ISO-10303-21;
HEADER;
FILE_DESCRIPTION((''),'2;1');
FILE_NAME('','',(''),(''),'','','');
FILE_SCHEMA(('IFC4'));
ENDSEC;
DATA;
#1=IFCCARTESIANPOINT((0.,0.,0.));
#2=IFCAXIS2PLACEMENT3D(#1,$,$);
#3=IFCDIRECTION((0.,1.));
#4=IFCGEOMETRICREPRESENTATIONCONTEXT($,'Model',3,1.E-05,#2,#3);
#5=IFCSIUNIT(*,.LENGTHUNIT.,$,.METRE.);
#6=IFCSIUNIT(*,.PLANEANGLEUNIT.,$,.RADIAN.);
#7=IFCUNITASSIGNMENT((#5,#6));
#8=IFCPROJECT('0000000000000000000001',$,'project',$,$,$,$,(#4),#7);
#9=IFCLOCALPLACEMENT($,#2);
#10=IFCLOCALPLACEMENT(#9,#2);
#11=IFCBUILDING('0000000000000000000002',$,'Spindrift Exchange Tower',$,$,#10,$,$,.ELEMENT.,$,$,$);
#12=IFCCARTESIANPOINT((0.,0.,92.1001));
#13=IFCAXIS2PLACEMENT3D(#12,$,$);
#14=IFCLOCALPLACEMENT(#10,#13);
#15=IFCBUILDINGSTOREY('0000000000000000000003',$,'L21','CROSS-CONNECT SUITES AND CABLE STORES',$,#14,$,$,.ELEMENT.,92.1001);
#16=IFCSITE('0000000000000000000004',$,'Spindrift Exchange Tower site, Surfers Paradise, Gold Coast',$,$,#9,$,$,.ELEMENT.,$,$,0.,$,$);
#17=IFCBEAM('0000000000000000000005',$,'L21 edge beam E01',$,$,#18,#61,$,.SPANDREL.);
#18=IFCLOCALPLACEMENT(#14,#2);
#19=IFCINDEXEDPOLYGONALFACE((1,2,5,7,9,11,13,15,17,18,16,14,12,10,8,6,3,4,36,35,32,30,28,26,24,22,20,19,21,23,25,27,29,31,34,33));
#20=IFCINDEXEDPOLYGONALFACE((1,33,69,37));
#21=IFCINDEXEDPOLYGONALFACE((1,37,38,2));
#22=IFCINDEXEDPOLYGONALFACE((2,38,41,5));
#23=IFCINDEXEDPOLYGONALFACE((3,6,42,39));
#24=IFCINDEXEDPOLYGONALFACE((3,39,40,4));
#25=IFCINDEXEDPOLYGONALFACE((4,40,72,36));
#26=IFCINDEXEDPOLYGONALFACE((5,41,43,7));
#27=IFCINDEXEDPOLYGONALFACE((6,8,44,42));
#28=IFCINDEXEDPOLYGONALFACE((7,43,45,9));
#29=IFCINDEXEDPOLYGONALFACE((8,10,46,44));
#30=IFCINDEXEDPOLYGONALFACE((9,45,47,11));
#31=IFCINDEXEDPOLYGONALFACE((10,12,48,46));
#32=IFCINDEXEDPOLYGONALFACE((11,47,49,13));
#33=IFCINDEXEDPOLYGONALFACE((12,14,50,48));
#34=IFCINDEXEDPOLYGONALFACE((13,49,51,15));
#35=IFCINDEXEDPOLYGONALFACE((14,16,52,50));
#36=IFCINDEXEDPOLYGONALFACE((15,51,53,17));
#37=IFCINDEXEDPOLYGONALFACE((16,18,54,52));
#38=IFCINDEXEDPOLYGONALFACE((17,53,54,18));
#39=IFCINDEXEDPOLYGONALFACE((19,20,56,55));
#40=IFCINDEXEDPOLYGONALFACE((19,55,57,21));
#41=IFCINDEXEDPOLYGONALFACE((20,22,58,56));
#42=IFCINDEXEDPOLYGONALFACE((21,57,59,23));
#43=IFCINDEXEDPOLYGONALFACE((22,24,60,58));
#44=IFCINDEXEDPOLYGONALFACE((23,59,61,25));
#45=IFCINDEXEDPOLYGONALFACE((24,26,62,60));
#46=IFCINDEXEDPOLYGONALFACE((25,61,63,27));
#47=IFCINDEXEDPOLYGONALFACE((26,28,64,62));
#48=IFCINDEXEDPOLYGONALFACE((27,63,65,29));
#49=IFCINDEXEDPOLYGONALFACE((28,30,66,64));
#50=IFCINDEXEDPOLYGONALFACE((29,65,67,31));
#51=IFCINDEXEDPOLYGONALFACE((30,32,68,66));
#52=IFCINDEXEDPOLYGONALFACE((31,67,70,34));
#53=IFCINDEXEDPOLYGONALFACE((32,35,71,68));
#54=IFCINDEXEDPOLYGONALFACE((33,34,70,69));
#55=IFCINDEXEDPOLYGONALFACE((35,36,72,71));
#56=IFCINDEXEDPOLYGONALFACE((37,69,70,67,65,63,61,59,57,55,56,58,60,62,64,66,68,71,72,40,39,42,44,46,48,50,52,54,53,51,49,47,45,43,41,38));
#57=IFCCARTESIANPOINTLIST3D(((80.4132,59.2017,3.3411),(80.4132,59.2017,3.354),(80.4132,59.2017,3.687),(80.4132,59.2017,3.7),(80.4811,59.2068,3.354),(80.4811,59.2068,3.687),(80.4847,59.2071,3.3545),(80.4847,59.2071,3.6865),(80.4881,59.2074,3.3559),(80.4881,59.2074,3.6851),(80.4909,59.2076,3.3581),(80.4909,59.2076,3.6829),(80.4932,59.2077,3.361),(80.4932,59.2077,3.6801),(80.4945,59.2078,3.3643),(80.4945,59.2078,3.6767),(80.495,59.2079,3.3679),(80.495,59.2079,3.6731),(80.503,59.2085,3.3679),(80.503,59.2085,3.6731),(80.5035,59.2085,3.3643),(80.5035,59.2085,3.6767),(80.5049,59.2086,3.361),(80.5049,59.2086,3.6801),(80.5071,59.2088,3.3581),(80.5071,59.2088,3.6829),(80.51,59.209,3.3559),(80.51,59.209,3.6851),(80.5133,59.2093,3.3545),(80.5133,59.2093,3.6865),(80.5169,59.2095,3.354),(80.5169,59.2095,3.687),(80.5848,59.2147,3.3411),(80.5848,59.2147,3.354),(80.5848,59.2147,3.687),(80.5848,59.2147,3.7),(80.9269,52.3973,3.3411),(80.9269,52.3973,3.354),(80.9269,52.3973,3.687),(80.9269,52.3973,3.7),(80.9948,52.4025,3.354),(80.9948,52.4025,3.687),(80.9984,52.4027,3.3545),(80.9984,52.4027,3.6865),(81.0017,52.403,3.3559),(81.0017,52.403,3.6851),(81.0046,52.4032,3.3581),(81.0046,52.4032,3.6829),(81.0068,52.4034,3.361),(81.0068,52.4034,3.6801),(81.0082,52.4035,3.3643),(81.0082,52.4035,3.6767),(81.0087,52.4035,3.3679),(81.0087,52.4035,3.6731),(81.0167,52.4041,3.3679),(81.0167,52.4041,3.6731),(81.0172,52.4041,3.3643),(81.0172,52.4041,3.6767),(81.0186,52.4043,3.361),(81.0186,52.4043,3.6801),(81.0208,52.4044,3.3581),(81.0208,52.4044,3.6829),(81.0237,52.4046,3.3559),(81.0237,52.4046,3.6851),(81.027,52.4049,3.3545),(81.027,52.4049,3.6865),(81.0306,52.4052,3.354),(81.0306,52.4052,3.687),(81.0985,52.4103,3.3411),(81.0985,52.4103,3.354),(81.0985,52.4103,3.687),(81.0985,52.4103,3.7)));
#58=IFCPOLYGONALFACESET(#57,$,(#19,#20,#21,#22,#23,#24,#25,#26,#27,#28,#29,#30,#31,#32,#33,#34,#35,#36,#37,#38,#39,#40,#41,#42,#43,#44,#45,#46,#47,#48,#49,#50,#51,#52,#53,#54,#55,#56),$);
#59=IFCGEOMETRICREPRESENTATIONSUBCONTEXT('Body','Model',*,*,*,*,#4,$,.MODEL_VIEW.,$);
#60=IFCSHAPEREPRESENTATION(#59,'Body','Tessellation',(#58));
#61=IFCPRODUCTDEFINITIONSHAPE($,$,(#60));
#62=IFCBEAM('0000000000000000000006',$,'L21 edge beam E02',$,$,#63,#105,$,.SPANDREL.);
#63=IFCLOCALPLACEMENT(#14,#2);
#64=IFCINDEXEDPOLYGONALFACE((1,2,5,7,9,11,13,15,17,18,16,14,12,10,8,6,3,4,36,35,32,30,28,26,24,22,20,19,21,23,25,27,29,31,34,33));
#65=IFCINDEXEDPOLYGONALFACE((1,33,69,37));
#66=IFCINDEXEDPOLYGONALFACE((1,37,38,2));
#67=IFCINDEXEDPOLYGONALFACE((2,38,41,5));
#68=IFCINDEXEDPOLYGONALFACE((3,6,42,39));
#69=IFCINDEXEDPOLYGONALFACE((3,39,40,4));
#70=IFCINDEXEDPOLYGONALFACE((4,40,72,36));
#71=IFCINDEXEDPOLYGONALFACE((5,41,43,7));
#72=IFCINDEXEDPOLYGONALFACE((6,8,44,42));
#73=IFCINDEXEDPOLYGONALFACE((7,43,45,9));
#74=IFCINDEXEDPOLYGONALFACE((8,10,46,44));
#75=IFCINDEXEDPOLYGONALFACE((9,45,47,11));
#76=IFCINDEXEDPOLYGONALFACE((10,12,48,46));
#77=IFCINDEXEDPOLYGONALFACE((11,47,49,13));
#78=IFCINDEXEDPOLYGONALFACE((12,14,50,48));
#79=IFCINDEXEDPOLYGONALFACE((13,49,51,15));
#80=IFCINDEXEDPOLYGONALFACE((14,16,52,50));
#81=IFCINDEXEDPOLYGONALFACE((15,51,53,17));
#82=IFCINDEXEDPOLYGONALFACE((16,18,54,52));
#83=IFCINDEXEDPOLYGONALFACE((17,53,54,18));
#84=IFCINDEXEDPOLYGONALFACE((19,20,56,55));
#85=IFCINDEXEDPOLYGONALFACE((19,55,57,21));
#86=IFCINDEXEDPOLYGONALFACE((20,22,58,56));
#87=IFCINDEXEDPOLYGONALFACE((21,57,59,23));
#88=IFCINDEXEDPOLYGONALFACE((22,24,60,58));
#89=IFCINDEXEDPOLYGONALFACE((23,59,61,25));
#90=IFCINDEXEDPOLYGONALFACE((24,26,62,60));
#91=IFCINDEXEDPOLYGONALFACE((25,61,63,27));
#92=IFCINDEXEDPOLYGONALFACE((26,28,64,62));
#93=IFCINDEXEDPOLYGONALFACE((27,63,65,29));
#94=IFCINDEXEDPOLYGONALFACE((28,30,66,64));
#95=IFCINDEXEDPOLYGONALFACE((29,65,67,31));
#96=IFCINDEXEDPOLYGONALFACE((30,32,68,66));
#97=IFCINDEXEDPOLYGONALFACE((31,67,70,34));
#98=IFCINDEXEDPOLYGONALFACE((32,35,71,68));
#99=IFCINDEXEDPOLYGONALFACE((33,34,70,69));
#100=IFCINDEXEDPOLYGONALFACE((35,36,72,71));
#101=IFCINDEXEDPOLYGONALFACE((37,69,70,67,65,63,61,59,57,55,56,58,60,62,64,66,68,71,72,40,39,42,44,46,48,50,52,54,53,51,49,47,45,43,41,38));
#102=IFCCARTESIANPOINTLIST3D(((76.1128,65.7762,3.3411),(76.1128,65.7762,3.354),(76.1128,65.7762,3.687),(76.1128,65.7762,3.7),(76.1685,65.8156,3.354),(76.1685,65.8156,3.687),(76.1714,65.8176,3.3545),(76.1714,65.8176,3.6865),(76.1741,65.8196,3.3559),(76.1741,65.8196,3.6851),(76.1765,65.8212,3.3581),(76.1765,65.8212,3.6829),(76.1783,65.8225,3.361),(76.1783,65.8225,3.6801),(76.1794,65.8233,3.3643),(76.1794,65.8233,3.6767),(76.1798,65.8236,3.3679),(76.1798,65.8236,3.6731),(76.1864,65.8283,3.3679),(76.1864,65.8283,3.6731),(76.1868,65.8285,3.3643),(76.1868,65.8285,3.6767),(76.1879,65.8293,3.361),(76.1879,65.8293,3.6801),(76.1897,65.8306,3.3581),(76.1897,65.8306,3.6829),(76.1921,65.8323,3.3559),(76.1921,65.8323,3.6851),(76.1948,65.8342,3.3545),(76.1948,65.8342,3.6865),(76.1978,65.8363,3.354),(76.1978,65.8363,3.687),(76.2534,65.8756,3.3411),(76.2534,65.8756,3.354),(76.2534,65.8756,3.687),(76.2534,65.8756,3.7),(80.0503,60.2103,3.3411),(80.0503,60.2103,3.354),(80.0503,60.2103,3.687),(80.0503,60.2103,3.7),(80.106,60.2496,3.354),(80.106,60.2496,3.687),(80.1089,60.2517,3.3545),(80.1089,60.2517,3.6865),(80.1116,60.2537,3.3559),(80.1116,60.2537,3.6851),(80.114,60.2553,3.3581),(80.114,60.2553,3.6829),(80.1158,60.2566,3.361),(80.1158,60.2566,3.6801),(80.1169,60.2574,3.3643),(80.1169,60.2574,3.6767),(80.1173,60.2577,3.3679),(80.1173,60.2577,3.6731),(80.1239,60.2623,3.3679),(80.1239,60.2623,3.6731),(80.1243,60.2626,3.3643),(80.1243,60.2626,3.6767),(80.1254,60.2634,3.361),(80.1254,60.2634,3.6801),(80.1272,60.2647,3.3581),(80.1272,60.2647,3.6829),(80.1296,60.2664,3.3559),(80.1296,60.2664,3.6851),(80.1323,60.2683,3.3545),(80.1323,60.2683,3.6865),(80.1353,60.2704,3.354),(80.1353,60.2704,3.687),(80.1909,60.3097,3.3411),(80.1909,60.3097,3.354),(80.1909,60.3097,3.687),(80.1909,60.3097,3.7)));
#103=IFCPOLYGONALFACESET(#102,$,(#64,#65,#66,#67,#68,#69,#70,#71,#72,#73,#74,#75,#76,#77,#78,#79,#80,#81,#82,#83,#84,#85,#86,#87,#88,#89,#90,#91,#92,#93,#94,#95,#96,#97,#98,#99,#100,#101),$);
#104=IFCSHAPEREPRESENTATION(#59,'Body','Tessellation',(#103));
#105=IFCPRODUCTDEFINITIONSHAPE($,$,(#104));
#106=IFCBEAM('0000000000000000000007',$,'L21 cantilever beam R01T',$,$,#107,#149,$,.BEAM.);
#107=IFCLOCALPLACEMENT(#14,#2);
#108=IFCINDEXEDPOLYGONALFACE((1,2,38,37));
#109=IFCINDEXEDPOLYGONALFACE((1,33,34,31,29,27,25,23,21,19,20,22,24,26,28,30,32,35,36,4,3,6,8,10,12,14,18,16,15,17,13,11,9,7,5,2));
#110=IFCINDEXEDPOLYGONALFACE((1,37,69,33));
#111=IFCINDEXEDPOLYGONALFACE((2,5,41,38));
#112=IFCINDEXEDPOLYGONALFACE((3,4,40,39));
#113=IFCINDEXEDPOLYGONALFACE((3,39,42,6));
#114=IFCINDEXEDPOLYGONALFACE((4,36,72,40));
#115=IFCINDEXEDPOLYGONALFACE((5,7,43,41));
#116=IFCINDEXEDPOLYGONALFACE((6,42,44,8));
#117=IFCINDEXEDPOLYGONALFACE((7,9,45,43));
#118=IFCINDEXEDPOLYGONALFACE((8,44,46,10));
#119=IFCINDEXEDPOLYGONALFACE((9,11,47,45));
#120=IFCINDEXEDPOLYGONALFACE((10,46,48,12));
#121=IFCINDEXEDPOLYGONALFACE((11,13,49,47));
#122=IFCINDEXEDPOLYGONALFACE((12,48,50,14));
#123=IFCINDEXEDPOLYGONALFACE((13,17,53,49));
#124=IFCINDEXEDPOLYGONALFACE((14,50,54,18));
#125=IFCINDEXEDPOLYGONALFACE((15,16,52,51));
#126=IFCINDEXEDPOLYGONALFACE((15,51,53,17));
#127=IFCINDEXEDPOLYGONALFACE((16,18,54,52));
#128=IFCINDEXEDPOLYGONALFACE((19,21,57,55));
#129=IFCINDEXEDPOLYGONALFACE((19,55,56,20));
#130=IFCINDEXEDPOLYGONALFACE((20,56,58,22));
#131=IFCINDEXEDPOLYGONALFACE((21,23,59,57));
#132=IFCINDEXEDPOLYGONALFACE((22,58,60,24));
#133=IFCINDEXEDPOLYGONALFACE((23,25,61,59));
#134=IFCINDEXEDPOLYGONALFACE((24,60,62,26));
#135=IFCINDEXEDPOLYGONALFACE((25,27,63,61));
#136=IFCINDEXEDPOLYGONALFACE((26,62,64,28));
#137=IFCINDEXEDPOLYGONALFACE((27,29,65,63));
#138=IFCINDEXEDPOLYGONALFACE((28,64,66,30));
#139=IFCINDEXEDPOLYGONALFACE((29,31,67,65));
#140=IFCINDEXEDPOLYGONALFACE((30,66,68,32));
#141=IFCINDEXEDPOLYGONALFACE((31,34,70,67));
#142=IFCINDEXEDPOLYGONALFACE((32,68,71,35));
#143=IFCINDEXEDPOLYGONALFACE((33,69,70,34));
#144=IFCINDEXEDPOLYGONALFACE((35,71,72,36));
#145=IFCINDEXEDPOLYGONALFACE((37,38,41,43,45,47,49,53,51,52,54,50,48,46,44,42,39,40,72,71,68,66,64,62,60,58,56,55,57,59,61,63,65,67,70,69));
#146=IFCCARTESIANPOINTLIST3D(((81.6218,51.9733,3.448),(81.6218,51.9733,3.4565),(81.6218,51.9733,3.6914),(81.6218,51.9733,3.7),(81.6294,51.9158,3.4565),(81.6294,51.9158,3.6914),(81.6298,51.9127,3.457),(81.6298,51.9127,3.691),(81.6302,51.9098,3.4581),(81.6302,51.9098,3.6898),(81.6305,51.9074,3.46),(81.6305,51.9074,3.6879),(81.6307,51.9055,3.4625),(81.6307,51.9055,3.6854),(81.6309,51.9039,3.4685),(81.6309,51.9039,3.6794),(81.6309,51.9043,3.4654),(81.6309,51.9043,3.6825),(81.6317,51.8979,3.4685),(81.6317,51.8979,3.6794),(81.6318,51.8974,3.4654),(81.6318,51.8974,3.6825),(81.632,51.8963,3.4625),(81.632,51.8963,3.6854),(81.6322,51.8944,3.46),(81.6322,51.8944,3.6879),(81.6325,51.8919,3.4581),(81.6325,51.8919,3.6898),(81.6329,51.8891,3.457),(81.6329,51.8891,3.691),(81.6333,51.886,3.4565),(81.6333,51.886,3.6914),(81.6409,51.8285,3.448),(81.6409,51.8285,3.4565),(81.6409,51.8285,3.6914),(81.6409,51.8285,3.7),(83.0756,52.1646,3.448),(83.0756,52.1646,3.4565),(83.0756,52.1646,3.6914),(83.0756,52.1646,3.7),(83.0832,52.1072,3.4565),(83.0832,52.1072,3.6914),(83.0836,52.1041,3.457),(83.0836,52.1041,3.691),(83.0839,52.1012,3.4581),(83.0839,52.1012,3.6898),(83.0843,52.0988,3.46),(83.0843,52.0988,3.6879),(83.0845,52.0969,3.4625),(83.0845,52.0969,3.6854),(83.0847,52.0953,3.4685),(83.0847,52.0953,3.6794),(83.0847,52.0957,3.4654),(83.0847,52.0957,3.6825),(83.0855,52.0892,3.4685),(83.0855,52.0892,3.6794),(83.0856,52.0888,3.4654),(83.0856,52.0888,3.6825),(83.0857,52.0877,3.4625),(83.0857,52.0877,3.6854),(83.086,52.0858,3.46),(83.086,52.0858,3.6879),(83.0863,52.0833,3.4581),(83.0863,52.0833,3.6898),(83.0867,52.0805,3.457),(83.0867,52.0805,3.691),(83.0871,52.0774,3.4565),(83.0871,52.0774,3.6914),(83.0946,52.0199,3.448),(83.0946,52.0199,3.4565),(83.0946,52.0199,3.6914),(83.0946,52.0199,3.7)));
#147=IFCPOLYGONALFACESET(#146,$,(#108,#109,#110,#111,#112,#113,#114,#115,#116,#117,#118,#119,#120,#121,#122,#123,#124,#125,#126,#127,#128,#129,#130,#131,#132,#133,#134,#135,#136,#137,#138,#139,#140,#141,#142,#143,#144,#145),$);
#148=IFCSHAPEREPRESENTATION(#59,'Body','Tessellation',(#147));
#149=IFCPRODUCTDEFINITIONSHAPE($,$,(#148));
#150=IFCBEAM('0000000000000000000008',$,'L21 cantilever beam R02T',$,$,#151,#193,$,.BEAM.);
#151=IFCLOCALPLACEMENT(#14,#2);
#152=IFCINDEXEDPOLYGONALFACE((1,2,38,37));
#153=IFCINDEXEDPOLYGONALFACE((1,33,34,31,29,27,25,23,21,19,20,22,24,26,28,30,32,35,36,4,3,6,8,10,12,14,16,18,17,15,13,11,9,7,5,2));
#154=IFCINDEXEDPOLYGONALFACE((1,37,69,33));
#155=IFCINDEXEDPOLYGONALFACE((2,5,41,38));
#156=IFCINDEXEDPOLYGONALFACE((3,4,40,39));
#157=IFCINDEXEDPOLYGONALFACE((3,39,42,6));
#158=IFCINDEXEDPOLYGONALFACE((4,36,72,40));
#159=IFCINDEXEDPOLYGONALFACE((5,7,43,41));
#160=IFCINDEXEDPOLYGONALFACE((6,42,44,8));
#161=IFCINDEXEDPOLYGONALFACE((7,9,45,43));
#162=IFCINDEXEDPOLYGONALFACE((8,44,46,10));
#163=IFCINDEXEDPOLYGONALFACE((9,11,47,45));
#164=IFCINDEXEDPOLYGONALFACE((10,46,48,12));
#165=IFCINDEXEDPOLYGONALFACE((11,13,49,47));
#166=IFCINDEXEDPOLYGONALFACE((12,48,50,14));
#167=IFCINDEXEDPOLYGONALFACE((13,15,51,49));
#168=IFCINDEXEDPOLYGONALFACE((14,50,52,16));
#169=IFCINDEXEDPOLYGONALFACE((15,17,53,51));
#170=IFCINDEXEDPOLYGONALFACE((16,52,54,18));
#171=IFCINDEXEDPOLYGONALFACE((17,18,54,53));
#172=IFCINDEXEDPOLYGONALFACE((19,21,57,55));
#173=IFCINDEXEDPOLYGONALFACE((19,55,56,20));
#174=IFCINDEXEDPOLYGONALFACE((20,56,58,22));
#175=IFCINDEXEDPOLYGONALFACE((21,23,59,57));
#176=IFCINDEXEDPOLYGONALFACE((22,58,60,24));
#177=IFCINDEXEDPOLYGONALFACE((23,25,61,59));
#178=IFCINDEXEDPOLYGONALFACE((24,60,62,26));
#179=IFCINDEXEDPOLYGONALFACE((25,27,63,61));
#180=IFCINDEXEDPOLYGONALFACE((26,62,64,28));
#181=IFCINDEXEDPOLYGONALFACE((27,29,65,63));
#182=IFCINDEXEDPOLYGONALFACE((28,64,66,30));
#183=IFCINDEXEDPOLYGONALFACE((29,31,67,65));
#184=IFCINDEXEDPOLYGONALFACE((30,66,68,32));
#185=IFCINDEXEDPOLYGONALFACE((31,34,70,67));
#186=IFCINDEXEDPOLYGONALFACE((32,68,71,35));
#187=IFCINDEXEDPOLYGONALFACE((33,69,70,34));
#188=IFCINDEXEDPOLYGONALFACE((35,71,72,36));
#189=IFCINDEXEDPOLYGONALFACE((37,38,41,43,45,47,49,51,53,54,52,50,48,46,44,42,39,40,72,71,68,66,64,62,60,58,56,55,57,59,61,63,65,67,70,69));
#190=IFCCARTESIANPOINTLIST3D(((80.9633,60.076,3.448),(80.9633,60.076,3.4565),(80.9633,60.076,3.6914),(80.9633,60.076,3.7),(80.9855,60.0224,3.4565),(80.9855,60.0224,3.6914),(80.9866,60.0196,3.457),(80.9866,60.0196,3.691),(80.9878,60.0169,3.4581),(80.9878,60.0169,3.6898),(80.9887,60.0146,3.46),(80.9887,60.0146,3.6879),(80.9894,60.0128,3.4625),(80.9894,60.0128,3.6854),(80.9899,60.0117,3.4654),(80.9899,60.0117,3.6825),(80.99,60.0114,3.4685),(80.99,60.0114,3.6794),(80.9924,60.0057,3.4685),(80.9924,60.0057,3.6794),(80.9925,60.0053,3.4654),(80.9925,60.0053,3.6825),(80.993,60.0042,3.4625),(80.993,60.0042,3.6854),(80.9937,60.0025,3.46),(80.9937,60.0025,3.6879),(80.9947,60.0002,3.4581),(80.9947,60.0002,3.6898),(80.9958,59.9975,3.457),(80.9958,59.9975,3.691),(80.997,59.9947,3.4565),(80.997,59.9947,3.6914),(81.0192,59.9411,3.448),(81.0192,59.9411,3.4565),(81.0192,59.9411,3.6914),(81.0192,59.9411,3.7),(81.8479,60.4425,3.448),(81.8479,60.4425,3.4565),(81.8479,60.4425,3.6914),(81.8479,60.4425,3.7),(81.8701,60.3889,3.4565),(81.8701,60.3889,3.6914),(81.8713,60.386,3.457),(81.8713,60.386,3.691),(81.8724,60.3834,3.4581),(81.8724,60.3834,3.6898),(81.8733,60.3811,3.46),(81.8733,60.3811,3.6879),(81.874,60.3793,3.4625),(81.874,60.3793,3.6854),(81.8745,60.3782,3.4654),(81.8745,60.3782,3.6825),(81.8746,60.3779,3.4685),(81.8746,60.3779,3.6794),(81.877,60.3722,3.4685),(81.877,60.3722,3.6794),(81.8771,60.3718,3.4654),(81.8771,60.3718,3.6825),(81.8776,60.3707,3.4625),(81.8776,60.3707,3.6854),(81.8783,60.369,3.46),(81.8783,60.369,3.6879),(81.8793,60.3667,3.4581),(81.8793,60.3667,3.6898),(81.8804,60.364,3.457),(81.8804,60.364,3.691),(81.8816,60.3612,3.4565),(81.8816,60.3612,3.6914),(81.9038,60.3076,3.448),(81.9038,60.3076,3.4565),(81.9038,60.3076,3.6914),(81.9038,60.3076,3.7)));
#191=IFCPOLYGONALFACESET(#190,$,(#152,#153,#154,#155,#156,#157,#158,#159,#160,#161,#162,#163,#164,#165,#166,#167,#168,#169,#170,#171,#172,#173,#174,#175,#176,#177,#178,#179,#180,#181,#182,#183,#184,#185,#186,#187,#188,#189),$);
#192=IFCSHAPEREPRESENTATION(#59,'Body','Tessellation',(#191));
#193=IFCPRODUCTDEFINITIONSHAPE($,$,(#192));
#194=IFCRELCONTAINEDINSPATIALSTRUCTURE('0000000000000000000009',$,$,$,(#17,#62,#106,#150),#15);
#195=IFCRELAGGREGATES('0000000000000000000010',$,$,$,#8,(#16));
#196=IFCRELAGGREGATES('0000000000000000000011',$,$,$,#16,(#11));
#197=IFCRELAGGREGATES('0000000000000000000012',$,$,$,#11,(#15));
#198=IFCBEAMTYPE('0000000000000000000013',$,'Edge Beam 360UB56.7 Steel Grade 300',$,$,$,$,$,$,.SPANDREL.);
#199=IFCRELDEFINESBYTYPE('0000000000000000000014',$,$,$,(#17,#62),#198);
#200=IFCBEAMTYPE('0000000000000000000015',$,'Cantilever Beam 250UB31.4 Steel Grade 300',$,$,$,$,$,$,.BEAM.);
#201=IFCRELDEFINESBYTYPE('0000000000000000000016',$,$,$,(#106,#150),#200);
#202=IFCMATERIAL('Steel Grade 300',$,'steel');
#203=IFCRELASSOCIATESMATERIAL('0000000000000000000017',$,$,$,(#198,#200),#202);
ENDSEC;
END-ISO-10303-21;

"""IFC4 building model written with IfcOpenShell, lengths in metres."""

from ifc_helpers import new_model, si_unit, direction, frame, origin, origin_2d, place, context, subcontext, project, spatial, i_section, extrude, source, transform, mapped, material, material_profile, profile_set, type_object, element, save


model = new_model("IFC4")

# Units and contexts
model_context = context("Model", 3, precision=1e-05, world=origin(), true_north=direction((0.0, 1.0)))
body_context = subcontext(model_context, "Body", "Model", "MODEL_VIEW")
ifc_project = project(units=[si_unit("LENGTHUNIT", "METRE"), si_unit("PLANEANGLEUNIT", "RADIAN")], contexts=[model_context])

# Site, building, storey
site_placement = place(None, origin())
site = spatial("IfcSite", under=ifc_project, at=site_placement, Name="Spindrift Exchange Tower site, Surfers Paradise, Gold Coast", CompositionType="ELEMENT", RefElevation=0.0)
building_placement = place(site_placement, origin())
building = spatial("IfcBuilding", under=site, at=building_placement, Name="Spindrift Exchange Tower", CompositionType="ELEMENT")
storey_placement = place(building_placement, frame((0.0, 0.0, 92.1001)))
storey = spatial("IfcBuildingStorey", under=building, at=storey_placement, Name="L21", Description="CROSS-CONNECT SUITES AND CABLE STORES", CompositionType="ELEMENT", Elevation=92.1001)

# Beams
ifc_material_1 = material(Name="Steel Grade 300", Category="steel")
ifc_material_profile_1 = material_profile(ifc_material_1, i_section(OverallWidth=0.1721, OverallDepth=0.3589, WebThickness=0.0081, FlangeThickness=0.0129, FilletRadius=0.0139, at=origin_2d()), Name="360UB56.7")
ifc_profile_set_1 = profile_set([ifc_material_profile_1], Name="Steel Grade 300")
beam_type_1 = type_object("IfcBeamType", Name="Edge Beam 360UB56.7 Steel Grade 300", PredefinedType="SPANDREL", material=ifc_profile_set_1)
shared_shape_1 = source(origin(), body_context, "Body", "SweptSolid", [
    extrude(i_section(OverallWidth=0.1721, OverallDepth=0.3589, WebThickness=0.0081, FlangeThickness=0.0129, FilletRadius=0.0139, at=origin_2d()), origin(), (0.0, 0.0, 1.0), 6.8237),
])
beam_1_placement = place(storey_placement, frame((81.0127, 52.4038, 3.5205), z_axis=(-0.075276, 0.997163, 0.0), x_axis=(-0.997163, -0.075276, 0.0)))
element("IfcBeam", 1, at=beam_1_placement, inside=storey, type_object=beam_type_1, Name="L21 edge beam E01", PredefinedType="SPANDREL", context=body_context, shape_type="MappedRepresentation", body=[
    mapped(shared_shape_1, transform((0.0, 0.0, 0.0), scale=1.0)),
])
shared_shape_2 = source(origin(), body_context, "Body", "SweptSolid", [
    extrude(i_section(OverallWidth=0.1721, OverallDepth=0.3589, WebThickness=0.0081, FlangeThickness=0.0129, FilletRadius=0.0139, at=origin_2d()), origin(), (0.0, 0.0, 1.0), 6.8179),
])
beam_2_placement = place(storey_placement, frame((80.1206, 60.26, 3.5205), z_axis=(-0.577526, 0.816372, 0.0), x_axis=(-0.816372, -0.577526, 0.0)))
element("IfcBeam", 2, at=beam_2_placement, inside=storey, type_object=beam_type_1, Name="L21 edge beam E02", PredefinedType="SPANDREL", context=body_context, shape_type="MappedRepresentation", body=[
    mapped(shared_shape_2, transform((0.0, 0.0, 0.0), scale=1.0)),
])
ifc_material_profile_2 = material_profile(ifc_material_1, i_section(OverallWidth=0.146, OverallDepth=0.252, WebThickness=0.0061, FlangeThickness=0.0085, FilletRadius=0.012, at=origin_2d()), Name="250UB31.4")
ifc_profile_set_2 = profile_set([ifc_material_profile_2], Name="Steel Grade 300")
beam_type_2 = type_object("IfcBeamType", Name="Cantilever Beam 250UB31.4 Steel Grade 300", PredefinedType="BEAM", material=ifc_profile_set_2)
shared_shape_3 = source(origin(), body_context, "Body", "SweptSolid", [
    extrude(i_section(OverallWidth=0.146, OverallDepth=0.252, WebThickness=0.0061, FlangeThickness=0.0085, FilletRadius=0.012, at=origin_2d()), origin(), (0.0, 0.0, 1.0), 1.4663),
])
beam_3_placement = place(storey_placement, frame((81.6313, 51.9009, 3.574), z_axis=(0.991445, 0.130528, 0.0), x_axis=(-0.130528, 0.991445, 0.0)))
element("IfcBeam", 3, at=beam_3_placement, inside=storey, type_object=beam_type_2, Name="L21 cantilever beam R01T", PredefinedType="BEAM", context=body_context, shape_type="MappedRepresentation", body=[
    mapped(shared_shape_3, transform((0.0, 0.0, 0.0), scale=1.0)),
])
shared_shape_4 = source(origin(), body_context, "Body", "SweptSolid", [
    extrude(i_section(OverallWidth=0.146, OverallDepth=0.252, WebThickness=0.0061, FlangeThickness=0.0085, FilletRadius=0.012, at=origin_2d()), origin(), (0.0, 0.0, 1.0), 0.9575),
])
beam_4_placement = place(storey_placement, frame((80.9912, 60.0085, 3.574), z_axis=(0.923852, 0.38275, 0.0), x_axis=(-0.38275, 0.923852, 0.0)))
element("IfcBeam", 4, at=beam_4_placement, inside=storey, type_object=beam_type_2, Name="L21 cantilever beam R02T", PredefinedType="BEAM", context=body_context, shape_type="MappedRepresentation", body=[
    mapped(shared_shape_4, transform((0.0, 0.0, 0.0), scale=1.0)),
])

save(model, "model.ifc")
